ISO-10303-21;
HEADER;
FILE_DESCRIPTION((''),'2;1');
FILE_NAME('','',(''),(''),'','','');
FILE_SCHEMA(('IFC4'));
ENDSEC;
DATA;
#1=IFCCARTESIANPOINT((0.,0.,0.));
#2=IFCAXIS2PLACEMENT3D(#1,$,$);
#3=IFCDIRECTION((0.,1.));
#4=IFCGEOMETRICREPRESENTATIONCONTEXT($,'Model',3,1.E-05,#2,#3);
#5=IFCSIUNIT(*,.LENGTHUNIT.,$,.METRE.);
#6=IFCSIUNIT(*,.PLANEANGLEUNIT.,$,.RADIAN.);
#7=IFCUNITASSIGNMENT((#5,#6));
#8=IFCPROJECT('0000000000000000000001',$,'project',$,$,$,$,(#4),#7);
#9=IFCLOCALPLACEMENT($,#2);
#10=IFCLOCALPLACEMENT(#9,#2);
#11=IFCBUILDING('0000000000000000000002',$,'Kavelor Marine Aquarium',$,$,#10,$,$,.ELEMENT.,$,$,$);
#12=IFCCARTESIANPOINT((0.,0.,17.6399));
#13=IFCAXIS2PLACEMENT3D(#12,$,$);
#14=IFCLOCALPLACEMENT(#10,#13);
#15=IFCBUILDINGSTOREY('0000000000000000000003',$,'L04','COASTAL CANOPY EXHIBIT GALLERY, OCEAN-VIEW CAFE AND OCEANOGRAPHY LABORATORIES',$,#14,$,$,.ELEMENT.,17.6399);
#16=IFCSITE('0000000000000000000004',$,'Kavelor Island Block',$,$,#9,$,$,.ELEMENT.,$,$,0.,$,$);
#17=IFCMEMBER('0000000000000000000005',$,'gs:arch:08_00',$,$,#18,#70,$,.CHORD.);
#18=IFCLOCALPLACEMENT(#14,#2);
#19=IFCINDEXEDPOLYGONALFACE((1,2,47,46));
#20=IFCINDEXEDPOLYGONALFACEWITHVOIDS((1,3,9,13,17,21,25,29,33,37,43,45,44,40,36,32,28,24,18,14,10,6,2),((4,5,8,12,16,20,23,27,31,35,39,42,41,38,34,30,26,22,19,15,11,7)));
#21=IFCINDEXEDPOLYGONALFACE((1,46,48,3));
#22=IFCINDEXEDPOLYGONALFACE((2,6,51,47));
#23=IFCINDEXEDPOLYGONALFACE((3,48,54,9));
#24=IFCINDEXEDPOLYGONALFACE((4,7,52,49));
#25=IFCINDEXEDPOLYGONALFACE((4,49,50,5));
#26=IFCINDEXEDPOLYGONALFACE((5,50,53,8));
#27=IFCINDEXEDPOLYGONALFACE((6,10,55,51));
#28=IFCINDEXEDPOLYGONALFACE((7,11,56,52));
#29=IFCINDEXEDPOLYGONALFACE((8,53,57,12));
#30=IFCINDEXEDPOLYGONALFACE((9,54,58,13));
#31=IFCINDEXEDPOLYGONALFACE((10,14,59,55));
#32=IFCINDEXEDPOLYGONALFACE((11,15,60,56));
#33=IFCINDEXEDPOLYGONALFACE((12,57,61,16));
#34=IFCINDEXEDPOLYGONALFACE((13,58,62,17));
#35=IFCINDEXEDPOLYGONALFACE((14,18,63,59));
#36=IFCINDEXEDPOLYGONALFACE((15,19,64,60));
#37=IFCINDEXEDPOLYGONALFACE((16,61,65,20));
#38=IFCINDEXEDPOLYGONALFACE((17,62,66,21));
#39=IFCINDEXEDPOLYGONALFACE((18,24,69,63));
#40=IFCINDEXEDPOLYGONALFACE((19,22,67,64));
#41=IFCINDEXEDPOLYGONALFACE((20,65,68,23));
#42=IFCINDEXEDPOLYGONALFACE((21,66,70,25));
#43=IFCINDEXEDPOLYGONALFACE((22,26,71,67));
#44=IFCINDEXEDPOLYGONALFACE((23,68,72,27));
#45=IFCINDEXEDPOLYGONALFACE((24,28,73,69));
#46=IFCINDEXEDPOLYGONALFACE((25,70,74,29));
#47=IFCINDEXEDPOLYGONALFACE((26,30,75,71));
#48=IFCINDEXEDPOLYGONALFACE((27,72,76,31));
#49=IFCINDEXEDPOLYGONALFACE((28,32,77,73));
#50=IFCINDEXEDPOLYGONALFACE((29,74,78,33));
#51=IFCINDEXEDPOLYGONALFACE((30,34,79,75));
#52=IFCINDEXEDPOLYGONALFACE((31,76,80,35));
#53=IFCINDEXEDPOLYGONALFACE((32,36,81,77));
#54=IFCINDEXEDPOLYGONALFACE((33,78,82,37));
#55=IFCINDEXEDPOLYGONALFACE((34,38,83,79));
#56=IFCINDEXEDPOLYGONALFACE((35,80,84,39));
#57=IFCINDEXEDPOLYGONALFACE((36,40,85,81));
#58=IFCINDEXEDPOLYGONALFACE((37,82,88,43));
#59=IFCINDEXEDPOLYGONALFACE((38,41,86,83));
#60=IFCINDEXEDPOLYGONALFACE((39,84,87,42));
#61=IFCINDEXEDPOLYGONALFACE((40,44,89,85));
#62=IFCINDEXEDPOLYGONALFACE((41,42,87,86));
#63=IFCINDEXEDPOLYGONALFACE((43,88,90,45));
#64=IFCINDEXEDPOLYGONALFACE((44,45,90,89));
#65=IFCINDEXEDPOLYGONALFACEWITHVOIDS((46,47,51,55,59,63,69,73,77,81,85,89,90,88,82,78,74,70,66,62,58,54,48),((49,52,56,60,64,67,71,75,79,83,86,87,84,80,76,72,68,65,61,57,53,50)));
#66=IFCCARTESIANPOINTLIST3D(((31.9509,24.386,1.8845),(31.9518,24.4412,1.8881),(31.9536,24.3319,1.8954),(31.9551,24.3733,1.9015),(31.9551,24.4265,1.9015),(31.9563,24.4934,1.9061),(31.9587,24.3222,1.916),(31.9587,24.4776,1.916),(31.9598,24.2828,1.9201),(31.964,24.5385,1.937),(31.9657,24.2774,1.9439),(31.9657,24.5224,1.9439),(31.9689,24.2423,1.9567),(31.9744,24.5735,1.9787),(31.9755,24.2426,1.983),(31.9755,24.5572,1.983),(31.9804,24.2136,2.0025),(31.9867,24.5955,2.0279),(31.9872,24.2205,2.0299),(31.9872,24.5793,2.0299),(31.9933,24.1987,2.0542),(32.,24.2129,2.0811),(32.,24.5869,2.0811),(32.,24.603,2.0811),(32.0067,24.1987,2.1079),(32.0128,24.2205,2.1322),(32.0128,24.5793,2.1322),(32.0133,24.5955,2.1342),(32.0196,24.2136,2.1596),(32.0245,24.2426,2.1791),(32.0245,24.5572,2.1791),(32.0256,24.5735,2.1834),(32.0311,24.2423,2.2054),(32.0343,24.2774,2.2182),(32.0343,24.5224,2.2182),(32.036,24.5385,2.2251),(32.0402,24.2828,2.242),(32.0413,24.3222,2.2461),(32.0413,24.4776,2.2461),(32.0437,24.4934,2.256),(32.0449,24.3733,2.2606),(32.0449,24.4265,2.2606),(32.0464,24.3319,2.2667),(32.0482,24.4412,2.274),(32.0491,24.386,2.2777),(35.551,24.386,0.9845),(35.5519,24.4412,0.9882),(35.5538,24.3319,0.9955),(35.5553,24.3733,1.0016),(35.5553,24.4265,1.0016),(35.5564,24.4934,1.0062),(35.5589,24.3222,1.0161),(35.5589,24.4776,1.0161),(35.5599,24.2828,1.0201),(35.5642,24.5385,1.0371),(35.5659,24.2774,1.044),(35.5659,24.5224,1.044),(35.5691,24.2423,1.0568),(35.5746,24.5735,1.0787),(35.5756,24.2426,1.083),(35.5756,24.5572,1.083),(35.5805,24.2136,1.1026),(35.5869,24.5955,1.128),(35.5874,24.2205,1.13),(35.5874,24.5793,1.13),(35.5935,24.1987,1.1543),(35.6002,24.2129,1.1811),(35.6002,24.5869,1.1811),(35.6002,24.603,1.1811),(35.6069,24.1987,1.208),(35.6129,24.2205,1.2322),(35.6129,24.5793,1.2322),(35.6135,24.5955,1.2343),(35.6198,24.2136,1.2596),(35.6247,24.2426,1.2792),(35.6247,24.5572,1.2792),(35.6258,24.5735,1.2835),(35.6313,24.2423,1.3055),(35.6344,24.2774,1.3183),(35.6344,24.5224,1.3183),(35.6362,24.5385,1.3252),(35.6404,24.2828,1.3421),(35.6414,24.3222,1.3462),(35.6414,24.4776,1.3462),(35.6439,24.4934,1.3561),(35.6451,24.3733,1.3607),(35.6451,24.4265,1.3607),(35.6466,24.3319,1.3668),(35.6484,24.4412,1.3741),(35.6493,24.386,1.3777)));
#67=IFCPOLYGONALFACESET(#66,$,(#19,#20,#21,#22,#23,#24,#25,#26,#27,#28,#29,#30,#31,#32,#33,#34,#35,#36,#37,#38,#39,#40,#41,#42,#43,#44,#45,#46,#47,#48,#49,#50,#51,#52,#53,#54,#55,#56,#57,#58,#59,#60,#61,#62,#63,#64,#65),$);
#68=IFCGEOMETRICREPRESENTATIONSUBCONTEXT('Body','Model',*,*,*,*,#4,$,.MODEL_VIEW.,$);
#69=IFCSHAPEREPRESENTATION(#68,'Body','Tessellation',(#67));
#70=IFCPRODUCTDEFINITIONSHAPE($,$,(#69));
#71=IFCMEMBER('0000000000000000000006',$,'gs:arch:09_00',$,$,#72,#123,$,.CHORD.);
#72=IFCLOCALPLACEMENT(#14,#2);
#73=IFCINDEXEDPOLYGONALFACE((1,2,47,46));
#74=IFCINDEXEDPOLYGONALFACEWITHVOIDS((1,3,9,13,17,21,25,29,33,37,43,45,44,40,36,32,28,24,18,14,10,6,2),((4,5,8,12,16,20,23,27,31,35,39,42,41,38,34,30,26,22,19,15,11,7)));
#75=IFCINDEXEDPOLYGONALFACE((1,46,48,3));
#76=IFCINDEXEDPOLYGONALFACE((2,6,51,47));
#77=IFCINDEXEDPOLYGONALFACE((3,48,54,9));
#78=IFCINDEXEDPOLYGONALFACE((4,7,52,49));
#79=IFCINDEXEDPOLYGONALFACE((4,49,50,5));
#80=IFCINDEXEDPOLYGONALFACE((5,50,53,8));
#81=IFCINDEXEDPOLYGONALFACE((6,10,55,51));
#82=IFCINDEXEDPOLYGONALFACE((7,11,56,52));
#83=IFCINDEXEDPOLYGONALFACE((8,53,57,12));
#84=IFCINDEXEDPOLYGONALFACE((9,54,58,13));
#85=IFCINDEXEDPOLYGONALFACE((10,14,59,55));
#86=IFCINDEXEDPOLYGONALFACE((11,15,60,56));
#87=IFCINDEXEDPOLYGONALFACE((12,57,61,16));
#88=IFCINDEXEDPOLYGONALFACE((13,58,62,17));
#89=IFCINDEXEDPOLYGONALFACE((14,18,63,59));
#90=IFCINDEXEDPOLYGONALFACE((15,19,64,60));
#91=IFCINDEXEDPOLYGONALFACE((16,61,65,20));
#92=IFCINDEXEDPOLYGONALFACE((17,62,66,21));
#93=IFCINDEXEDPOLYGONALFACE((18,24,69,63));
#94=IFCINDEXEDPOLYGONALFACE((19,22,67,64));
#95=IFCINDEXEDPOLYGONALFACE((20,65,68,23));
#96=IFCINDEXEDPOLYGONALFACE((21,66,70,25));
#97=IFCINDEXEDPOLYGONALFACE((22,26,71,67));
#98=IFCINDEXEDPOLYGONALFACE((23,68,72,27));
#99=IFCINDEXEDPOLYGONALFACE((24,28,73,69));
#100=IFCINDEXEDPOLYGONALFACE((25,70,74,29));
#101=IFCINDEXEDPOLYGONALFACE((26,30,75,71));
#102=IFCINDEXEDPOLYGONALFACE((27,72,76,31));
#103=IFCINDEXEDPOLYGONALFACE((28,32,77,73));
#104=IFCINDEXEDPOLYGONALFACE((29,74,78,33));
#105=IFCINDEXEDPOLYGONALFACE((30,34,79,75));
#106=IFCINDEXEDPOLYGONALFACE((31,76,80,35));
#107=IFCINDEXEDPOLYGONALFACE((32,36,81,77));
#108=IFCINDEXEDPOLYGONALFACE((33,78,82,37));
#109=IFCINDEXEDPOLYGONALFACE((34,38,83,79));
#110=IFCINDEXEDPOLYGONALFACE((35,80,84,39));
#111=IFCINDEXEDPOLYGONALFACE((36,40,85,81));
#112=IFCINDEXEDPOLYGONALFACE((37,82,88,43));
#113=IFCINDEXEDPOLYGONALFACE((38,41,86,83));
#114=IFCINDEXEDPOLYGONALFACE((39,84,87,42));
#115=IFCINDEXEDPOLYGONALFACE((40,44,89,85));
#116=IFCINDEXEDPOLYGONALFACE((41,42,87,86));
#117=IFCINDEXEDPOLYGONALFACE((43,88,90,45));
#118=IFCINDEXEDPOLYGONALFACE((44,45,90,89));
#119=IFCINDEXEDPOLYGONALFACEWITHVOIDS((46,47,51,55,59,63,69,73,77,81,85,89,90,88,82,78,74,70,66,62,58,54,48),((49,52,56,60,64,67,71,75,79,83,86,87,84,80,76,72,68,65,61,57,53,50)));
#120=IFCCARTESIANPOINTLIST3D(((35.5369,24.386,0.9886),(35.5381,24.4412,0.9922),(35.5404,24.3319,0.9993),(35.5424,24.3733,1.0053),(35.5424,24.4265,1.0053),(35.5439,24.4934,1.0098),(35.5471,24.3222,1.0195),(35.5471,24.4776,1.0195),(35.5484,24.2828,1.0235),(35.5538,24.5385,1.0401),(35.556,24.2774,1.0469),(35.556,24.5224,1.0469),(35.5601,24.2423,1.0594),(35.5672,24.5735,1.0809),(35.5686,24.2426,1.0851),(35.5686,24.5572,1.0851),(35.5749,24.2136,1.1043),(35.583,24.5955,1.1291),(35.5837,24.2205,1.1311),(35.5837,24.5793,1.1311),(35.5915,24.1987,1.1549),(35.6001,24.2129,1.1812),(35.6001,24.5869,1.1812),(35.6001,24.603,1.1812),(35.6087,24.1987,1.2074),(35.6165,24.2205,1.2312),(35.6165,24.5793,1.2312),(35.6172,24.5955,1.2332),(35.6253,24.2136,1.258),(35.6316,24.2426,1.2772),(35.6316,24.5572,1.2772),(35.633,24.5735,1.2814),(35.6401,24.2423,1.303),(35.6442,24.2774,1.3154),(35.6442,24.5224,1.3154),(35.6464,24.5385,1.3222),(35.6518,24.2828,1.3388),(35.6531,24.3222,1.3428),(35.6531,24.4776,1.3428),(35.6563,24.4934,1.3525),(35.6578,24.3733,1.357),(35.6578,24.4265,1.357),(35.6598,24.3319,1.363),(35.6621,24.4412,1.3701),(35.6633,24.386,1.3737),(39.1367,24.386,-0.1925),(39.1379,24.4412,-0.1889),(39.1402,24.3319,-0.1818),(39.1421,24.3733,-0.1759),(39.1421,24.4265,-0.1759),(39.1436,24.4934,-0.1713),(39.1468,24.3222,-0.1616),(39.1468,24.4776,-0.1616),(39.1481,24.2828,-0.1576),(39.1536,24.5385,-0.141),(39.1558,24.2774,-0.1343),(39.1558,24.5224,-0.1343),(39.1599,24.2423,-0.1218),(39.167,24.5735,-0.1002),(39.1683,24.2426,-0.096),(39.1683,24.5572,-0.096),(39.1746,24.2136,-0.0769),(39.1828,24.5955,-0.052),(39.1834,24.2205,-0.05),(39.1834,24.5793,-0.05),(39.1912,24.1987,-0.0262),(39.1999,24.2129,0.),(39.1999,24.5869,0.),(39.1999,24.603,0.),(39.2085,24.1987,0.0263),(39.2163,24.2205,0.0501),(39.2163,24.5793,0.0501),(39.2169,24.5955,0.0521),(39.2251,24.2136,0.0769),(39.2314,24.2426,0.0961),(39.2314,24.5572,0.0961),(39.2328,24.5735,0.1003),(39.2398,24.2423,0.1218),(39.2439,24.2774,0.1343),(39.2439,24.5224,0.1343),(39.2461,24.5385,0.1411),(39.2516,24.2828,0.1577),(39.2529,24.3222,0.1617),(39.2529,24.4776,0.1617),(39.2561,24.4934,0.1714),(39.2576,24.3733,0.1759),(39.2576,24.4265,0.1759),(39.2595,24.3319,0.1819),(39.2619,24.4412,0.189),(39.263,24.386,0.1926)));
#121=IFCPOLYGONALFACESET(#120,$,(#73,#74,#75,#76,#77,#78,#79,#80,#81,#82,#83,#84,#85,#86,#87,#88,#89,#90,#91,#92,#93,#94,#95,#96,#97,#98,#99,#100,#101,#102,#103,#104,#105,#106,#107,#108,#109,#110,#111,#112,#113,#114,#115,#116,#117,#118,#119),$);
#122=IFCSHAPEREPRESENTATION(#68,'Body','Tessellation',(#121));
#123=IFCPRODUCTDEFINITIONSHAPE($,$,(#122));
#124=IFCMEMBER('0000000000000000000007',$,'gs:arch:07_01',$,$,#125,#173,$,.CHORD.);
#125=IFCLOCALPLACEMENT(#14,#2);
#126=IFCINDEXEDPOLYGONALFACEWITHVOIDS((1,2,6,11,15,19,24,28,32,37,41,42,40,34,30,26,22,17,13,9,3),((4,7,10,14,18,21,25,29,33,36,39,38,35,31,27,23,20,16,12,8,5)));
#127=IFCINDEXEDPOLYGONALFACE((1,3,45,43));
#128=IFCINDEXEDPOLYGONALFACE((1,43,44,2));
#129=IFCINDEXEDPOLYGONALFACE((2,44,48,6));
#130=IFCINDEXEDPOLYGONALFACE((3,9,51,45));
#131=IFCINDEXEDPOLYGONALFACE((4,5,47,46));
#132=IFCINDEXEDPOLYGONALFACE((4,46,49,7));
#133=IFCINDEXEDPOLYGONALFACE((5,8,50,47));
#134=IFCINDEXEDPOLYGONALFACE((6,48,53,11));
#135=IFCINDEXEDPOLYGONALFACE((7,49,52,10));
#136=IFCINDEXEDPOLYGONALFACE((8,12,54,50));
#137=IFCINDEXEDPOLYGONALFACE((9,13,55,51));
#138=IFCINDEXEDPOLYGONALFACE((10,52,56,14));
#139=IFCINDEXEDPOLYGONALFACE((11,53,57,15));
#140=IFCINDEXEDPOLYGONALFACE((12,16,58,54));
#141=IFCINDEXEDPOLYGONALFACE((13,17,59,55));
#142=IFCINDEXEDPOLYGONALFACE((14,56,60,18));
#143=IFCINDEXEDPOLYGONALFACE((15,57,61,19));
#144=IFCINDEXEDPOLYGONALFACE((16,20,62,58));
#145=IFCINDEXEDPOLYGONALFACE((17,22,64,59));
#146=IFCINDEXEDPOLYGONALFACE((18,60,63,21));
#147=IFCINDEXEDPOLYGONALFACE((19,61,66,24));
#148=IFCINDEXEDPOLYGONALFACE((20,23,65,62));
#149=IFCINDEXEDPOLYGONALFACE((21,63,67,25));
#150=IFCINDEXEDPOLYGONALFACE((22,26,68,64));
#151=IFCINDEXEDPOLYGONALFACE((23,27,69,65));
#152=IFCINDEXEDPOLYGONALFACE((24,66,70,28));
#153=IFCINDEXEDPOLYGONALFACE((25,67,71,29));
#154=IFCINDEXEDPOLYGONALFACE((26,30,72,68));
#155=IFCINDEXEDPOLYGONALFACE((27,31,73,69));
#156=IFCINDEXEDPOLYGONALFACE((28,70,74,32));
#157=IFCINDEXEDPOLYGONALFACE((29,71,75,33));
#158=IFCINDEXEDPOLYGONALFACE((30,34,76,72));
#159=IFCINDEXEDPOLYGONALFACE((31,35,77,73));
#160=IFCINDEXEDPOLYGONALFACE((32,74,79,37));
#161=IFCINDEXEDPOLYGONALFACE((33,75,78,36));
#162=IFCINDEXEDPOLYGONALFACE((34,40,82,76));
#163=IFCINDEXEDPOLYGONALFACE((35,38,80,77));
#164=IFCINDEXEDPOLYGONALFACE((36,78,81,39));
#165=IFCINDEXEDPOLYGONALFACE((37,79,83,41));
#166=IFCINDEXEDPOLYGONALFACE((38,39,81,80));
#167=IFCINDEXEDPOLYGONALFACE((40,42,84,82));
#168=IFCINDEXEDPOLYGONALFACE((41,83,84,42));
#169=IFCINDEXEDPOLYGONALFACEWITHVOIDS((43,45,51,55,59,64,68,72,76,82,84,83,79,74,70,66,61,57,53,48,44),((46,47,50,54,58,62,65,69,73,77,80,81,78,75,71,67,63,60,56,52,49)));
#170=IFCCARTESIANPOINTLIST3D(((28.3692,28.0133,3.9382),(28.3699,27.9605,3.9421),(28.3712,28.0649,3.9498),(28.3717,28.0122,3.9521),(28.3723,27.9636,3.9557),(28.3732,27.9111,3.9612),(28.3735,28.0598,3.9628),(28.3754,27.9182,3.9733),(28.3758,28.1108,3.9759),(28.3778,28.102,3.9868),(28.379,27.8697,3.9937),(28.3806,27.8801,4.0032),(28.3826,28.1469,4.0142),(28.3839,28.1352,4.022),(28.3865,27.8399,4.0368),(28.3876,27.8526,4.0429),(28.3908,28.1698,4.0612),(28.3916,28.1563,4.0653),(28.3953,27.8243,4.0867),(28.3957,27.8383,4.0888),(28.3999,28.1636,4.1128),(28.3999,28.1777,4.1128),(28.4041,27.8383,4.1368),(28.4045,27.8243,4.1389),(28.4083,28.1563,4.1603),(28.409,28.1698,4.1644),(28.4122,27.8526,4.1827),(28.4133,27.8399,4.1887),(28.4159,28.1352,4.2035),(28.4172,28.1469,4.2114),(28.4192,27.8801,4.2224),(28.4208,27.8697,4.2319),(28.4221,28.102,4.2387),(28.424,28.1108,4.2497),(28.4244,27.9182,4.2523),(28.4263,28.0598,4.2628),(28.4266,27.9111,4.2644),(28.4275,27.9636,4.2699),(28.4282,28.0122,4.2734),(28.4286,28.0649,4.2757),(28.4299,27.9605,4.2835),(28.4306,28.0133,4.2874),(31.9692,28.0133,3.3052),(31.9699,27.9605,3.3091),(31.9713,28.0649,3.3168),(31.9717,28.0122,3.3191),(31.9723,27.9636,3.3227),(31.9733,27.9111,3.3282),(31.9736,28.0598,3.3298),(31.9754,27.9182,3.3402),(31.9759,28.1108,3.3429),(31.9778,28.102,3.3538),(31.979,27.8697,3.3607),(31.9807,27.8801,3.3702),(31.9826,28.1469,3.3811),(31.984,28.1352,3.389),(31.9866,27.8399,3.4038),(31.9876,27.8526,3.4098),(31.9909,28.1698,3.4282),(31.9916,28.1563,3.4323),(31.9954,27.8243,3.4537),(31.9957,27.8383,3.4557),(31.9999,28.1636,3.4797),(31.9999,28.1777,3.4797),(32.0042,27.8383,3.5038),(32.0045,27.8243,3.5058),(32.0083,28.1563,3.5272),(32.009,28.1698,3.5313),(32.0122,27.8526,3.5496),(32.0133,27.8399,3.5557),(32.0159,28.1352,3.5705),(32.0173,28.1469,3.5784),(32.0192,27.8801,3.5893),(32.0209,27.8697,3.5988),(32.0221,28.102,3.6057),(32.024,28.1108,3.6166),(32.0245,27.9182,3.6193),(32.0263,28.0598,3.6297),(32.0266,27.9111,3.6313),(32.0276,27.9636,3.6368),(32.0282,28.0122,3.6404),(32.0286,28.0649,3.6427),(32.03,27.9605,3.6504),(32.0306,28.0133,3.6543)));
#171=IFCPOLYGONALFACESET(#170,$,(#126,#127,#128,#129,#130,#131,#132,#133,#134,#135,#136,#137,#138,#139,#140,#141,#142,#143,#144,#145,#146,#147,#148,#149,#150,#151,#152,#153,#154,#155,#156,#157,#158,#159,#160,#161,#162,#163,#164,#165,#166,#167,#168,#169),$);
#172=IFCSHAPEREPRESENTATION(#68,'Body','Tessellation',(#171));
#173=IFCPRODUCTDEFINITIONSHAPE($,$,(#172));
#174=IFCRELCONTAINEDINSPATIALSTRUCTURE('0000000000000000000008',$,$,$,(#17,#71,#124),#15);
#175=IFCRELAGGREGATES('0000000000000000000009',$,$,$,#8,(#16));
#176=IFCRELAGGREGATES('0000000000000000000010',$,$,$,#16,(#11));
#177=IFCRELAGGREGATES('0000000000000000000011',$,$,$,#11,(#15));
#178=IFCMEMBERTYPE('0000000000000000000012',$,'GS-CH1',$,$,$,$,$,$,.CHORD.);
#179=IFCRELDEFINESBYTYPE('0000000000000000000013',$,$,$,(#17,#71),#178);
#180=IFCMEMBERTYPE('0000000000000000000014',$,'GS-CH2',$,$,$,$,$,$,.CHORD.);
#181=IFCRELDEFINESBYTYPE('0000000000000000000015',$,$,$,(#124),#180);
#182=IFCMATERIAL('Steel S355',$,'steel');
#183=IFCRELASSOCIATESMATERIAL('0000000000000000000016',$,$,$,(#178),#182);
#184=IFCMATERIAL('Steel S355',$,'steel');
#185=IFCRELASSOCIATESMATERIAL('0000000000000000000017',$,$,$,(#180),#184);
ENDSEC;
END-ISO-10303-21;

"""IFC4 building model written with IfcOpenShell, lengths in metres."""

from ifc_helpers import new_model, si_unit, direction, frame, origin, origin_2d, place, context, subcontext, project, spatial, hollow_circle, extrude, material, material_profile, profile_set, type_object, element, save


model = new_model("IFC4")

# Units and contexts
model_context = context("Model", 3, precision=1e-05, world=origin(), true_north=direction((0.0, 1.0)))
body_context = subcontext(model_context, "Body", "Model", "MODEL_VIEW")
ifc_project = project(units=[si_unit("LENGTHUNIT", "METRE"), si_unit("PLANEANGLEUNIT", "RADIAN")], contexts=[model_context])

# Site, building, storey
site_placement = place(None, origin())
site = spatial("IfcSite", under=ifc_project, at=site_placement, Name="Kavelor Island Block", CompositionType="ELEMENT", RefElevation=0.0)
building_placement = place(site_placement, origin())
building = spatial("IfcBuilding", under=site, at=building_placement, Name="Kavelor Marine Aquarium", CompositionType="ELEMENT")
storey_placement = place(building_placement, frame((0.0, 0.0, 17.6399)))
storey = spatial("IfcBuildingStorey", under=building, at=storey_placement, Name="L04", Description="COASTAL CANOPY EXHIBIT GALLERY, OCEAN-VIEW CAFE AND OCEANOGRAPHY LABORATORIES", CompositionType="ELEMENT", Elevation=17.6399)

# Members
ifc_material_1 = material(Name="Steel S355", Category="steel")
ifc_material_profile_1 = material_profile(ifc_material_1, hollow_circle(Radius=0.2031, WallThickness=0.0161, at=origin_2d()), Name="CHS 406.4x16.0")
ifc_profile_set_1 = profile_set([ifc_material_profile_1], Name="Steel S355")
member_type_1 = type_object("IfcMemberType", Name="GS-CH1", PredefinedType="CHORD", material=ifc_profile_set_1)
member_1_placement = place(storey_placement, frame((32.0, 24.3999, 2.0811), z_axis=(0.97015, 0.0, -0.242505), x_axis=(0.0, 1.0, 0.0)))
element("IfcMember", 1, at=member_1_placement, inside=storey, type_object=member_type_1, Name="gs:arch:08_00", PredefinedType="CHORD", context=body_context, shape_type="SweptSolid", body=[
    extrude(hollow_circle(Radius=0.2031, WallThickness=0.0161, at=origin_2d()), origin(), (0.0, 0.0, 1.0), 3.7109),
])
member_2_placement = place(storey_placement, frame((35.6001, 24.3999, 1.1812), z_axis=(0.950161, 0.0, -0.311759), x_axis=(0.0, 1.0, 0.0)))
element("IfcMember", 2, at=member_2_placement, inside=storey, type_object=member_type_1, Name="gs:arch:09_00", PredefinedType="CHORD", context=body_context, shape_type="SweptSolid", body=[
    extrude(hollow_circle(Radius=0.2031, WallThickness=0.0161, at=origin_2d()), origin(), (0.0, 0.0, 1.0), 3.7886),
])
ifc_material_2 = material(Name="Steel S355", Category="steel")
ifc_material_profile_2 = material_profile(ifc_material_2, hollow_circle(Radius=0.1777, WallThickness=0.0142, at=origin_2d()), Name="CHS 355.6x14.2")
ifc_profile_set_2 = profile_set([ifc_material_profile_2], Name="Steel S355")
member_type_2 = type_object("IfcMemberType", Name="GS-CH2", PredefinedType="CHORD", material=ifc_profile_set_2)
member_3_placement = place(storey_placement, frame((28.3999, 28.0, 4.1128), z_axis=(0.984889, 0.0, -0.173187), x_axis=(0.0, 1.0, 0.0)))
element("IfcMember", 3, at=member_3_placement, inside=storey, type_object=member_type_2, Name="gs:arch:07_01", PredefinedType="CHORD", context=body_context, shape_type="SweptSolid", body=[
    extrude(hollow_circle(Radius=0.1777, WallThickness=0.0142, at=origin_2d()), origin(), (0.0, 0.0, 1.0), 3.6553),
])

save(model, "model.ifc")
